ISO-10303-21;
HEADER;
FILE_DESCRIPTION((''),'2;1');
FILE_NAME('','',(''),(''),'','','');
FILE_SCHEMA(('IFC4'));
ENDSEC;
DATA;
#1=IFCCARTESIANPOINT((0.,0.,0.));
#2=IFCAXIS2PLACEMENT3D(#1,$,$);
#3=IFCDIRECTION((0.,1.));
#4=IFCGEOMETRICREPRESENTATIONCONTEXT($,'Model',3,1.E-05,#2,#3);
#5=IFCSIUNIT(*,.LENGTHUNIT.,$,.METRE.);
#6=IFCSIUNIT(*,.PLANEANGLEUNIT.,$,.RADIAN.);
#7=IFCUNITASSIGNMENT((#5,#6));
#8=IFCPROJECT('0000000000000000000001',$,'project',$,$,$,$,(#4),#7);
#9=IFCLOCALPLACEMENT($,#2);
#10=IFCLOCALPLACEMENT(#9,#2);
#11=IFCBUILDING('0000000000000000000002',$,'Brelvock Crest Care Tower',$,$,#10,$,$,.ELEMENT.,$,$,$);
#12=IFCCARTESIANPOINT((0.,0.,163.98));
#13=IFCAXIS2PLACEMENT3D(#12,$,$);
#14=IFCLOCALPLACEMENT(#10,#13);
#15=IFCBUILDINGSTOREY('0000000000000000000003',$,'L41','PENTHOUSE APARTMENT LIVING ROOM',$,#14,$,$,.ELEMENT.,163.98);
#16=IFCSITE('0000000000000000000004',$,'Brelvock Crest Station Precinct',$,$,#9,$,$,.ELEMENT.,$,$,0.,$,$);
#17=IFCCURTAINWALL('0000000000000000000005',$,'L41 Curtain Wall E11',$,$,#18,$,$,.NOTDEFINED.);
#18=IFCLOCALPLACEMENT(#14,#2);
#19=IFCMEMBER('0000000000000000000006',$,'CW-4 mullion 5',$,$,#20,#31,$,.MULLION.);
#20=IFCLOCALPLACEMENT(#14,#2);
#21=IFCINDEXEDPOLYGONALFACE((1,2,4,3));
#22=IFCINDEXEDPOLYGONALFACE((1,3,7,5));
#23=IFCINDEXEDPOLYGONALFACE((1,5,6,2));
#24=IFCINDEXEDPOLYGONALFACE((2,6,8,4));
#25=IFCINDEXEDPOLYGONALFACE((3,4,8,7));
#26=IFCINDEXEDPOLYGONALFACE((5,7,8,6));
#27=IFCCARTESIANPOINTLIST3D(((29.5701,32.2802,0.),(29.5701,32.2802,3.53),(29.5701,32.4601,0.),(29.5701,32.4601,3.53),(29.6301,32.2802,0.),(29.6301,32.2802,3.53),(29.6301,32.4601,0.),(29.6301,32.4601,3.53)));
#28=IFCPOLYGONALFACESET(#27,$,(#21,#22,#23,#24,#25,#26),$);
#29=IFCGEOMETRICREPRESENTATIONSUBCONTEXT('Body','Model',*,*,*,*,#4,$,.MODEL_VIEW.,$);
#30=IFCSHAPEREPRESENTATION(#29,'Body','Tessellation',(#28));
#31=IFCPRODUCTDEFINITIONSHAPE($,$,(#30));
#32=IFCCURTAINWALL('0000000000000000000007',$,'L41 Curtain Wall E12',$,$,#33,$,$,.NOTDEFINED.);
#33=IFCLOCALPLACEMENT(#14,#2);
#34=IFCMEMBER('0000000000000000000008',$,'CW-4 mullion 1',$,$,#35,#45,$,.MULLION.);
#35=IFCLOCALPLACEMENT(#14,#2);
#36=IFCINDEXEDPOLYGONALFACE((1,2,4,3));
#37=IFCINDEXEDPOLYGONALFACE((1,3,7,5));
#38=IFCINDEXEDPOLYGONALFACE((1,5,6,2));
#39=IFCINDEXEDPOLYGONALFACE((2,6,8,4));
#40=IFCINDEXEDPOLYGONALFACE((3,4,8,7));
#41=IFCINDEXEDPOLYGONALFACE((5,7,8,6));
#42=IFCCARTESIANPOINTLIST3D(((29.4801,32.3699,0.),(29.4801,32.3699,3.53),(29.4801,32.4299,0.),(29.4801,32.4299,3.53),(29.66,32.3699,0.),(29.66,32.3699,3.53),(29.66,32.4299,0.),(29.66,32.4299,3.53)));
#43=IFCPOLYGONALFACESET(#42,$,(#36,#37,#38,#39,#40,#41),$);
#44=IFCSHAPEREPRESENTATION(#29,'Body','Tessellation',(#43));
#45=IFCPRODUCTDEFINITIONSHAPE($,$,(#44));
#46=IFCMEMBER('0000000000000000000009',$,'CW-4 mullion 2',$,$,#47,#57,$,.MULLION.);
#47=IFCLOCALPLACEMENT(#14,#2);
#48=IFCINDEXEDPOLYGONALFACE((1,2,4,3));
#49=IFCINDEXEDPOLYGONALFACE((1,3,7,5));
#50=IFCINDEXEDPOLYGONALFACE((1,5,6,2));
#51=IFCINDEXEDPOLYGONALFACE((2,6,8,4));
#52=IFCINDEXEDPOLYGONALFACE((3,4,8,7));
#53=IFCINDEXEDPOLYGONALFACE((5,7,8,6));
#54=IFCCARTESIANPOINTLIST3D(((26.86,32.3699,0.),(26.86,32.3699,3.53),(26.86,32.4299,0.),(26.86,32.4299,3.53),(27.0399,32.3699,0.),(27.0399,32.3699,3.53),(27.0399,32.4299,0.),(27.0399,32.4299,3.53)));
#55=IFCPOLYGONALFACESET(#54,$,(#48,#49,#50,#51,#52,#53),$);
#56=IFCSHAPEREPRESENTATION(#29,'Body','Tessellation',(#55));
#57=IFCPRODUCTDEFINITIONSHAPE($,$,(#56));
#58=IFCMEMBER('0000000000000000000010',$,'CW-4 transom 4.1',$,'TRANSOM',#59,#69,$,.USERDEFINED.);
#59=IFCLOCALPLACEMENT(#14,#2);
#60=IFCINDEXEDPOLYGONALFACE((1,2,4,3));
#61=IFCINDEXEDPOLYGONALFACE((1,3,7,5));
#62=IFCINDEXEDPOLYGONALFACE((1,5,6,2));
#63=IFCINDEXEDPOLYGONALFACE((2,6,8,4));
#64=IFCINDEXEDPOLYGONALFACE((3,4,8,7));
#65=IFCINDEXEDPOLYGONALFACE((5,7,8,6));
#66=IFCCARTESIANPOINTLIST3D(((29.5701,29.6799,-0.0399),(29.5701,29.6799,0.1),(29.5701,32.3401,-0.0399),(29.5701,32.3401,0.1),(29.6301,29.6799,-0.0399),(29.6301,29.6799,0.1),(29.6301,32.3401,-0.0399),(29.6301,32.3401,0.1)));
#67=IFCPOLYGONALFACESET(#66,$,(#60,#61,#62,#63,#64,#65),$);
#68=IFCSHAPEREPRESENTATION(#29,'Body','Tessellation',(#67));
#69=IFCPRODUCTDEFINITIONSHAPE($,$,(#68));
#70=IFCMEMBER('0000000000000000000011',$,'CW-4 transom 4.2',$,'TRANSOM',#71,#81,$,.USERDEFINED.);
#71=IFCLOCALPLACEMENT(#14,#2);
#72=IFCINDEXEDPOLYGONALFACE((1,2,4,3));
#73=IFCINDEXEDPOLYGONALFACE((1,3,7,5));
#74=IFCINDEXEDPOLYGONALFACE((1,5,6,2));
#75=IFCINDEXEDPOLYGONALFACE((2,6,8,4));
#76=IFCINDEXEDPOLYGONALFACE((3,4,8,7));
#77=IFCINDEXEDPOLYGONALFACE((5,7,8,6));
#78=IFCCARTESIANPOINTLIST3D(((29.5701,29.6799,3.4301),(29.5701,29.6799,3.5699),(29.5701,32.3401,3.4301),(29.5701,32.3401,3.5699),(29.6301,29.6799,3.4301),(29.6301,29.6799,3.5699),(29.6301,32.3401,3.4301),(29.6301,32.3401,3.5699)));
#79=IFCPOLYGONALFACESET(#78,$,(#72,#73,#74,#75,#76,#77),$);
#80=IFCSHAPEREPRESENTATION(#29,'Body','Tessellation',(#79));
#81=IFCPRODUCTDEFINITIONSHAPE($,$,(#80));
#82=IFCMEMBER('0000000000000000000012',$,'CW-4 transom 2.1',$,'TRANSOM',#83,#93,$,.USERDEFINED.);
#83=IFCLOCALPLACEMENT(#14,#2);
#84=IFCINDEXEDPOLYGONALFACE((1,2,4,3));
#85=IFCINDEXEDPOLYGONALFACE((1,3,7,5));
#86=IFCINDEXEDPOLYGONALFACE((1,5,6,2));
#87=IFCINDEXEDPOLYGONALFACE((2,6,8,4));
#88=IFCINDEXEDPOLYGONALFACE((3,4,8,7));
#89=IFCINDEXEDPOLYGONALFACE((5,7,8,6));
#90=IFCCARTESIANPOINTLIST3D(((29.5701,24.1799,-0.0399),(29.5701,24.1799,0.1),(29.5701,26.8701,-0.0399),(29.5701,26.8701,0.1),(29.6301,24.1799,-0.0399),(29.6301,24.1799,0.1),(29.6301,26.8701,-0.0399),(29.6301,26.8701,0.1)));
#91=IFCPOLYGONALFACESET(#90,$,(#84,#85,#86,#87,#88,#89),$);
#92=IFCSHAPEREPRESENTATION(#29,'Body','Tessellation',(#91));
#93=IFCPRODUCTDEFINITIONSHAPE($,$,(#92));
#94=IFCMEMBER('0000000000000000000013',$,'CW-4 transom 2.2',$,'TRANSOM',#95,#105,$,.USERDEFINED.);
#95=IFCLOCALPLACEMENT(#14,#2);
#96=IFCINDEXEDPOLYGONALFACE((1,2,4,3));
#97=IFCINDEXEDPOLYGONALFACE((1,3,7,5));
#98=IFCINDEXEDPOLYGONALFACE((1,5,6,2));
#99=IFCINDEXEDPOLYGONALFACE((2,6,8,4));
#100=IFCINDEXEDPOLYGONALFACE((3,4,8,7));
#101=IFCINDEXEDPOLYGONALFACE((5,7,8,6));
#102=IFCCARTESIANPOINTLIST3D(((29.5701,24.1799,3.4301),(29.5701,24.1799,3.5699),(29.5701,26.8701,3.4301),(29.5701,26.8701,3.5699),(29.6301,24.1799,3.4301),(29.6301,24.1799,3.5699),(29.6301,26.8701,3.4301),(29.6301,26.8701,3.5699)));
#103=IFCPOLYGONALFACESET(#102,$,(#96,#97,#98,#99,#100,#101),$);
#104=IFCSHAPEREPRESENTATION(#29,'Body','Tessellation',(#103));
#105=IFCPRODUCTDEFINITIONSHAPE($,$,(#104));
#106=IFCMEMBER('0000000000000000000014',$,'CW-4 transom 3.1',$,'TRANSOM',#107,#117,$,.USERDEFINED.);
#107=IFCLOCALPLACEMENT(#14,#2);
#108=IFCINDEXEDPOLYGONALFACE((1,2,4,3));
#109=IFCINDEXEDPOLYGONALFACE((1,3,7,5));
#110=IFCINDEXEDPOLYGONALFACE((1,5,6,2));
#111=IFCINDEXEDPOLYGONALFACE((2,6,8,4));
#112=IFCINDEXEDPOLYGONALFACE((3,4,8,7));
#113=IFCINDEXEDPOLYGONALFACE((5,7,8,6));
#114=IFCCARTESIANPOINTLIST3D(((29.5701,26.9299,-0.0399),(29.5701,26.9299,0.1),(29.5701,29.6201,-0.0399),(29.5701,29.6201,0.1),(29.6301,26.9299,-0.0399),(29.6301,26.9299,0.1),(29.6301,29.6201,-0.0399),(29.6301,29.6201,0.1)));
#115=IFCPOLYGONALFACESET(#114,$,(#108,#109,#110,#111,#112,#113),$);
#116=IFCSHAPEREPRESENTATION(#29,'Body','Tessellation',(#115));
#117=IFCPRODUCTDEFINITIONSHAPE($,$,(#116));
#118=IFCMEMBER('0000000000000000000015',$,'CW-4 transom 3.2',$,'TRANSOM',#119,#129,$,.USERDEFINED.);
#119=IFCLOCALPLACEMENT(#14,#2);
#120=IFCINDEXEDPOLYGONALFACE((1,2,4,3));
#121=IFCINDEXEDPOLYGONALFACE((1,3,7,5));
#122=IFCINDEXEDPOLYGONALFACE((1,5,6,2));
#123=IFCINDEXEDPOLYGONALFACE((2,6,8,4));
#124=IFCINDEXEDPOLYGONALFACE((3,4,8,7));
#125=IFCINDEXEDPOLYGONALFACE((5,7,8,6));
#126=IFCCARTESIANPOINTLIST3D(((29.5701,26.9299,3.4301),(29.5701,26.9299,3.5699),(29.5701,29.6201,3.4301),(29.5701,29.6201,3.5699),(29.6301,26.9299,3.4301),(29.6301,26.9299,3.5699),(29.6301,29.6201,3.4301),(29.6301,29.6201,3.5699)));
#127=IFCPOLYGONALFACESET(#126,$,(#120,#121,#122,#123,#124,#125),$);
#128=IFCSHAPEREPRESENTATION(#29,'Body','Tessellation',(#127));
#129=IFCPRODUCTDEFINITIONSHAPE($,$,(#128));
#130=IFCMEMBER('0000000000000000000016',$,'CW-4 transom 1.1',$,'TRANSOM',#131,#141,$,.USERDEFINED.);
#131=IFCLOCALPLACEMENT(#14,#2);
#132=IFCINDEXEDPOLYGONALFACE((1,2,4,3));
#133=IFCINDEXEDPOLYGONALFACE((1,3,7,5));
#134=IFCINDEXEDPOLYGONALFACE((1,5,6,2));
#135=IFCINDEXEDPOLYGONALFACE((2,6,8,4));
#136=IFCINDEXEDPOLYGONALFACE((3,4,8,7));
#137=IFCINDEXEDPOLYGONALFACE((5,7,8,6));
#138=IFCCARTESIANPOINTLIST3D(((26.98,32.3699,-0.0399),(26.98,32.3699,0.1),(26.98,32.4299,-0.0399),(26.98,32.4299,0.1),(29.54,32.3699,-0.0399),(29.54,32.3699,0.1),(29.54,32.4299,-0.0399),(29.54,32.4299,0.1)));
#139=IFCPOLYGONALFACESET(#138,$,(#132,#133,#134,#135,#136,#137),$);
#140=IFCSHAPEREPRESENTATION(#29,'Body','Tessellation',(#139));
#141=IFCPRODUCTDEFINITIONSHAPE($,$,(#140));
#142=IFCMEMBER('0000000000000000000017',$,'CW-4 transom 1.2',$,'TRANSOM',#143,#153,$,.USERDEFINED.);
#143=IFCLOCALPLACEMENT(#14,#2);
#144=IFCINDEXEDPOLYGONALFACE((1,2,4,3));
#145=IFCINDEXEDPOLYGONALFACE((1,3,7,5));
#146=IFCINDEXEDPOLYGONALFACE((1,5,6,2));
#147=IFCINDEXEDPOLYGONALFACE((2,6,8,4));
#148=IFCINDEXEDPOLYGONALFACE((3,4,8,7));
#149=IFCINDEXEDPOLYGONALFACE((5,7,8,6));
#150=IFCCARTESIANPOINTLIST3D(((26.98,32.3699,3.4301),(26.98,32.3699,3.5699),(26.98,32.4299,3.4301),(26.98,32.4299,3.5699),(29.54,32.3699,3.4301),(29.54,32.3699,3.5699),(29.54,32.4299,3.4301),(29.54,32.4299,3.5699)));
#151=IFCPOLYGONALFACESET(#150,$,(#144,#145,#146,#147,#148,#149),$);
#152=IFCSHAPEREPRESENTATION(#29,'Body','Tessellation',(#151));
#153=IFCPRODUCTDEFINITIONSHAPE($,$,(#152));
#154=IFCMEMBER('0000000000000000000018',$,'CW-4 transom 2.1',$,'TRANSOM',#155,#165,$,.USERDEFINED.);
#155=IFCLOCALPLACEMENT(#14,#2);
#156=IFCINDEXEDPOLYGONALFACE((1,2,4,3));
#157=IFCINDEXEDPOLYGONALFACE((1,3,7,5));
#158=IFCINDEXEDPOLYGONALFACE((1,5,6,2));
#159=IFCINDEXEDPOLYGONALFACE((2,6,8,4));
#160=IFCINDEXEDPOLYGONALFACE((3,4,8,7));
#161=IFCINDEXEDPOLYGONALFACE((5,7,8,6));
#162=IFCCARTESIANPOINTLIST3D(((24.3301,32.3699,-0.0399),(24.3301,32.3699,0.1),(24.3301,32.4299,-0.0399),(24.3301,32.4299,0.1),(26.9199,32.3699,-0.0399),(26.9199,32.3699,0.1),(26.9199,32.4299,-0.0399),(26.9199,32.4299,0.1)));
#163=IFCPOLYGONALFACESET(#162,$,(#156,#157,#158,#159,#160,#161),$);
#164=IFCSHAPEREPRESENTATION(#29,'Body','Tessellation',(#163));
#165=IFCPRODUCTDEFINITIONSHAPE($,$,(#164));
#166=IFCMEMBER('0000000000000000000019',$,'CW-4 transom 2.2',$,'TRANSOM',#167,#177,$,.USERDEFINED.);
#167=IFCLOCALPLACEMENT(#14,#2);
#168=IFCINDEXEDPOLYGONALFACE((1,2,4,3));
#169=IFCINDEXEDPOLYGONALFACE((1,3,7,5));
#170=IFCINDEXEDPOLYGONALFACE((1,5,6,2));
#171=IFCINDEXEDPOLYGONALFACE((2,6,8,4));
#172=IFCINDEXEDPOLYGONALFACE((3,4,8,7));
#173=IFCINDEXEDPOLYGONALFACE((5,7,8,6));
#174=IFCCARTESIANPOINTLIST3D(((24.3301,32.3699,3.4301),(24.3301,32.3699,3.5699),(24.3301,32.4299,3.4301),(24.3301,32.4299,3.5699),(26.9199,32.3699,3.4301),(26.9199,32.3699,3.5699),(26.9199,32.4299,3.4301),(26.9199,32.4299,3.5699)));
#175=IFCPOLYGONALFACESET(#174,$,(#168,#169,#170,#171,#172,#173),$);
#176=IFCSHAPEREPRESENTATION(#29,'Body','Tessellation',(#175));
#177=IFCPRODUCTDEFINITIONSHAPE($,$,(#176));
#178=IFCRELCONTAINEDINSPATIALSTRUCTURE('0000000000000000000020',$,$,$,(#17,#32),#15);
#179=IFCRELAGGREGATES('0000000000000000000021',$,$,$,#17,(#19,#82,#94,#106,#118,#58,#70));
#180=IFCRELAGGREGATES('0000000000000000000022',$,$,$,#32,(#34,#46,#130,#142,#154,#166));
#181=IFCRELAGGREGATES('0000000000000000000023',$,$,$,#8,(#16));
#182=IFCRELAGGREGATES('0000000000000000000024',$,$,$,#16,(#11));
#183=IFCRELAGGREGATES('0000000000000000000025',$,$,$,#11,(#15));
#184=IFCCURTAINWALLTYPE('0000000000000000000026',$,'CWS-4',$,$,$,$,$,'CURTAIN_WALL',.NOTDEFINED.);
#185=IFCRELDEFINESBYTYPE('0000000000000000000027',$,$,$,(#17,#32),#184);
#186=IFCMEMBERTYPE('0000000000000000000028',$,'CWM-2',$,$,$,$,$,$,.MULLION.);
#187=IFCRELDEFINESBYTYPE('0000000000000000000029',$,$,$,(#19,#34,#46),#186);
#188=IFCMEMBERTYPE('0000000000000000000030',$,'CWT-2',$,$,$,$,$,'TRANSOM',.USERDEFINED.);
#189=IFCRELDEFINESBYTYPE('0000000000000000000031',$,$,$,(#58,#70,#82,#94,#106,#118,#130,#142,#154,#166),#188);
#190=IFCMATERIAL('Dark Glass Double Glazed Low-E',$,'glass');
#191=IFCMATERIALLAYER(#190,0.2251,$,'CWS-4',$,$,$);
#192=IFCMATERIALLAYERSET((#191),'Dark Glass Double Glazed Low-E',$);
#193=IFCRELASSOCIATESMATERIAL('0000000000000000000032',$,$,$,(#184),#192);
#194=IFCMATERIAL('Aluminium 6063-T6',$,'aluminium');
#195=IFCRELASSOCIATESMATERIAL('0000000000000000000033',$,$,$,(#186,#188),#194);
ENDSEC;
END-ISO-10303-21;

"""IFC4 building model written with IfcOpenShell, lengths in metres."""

from ifc_helpers import new_model, si_unit, direction, frame, origin, origin_2d, place, context, subcontext, project, spatial, rectangle, extrude, source, transform, mapped, material, layer, layer_set, material_profile, profile_set, type_object, element, aggregate, save


model = new_model("IFC4")

# Units and contexts
model_context = context("Model", 3, precision=1e-05, world=origin(), true_north=direction((0.0, 1.0)))
body_context = subcontext(model_context, "Body", "Model", "MODEL_VIEW")
ifc_project = project(units=[si_unit("LENGTHUNIT", "METRE"), si_unit("PLANEANGLEUNIT", "RADIAN")], contexts=[model_context])

# Site, building, storey
site_placement = place(None, origin())
site = spatial("IfcSite", under=ifc_project, at=site_placement, Name="Brelvock Crest Station Precinct", CompositionType="ELEMENT", RefElevation=0.0)
building_placement = place(site_placement, origin())
building = spatial("IfcBuilding", under=site, at=building_placement, Name="Brelvock Crest Care Tower", CompositionType="ELEMENT")
storey_placement = place(building_placement, frame((0.0, 0.0, 163.98)))
storey = spatial("IfcBuildingStorey", under=building, at=storey_placement, Name="L41", Description="PENTHOUSE APARTMENT LIVING ROOM", CompositionType="ELEMENT", Elevation=163.98)

# Curtain walls, members
ifc_material_1 = material(Name="Dark Glass Double Glazed Low-E", Category="glass")
ifc_layer_1 = layer(ifc_material_1, 0.2251, Name="CWS-4")
ifc_layer_set_1 = layer_set([ifc_layer_1], Name="Dark Glass Double Glazed Low-E")
curtain_wall_type = type_object("IfcCurtainWallType", Name="CWS-4", ElementType="CURTAIN_WALL", PredefinedType="NOTDEFINED", material=ifc_layer_set_1)
curtain_wall_1_placement = place(storey_placement, origin())
curtain_wall_1 = element("IfcCurtainWall", 1, at=curtain_wall_1_placement, inside=storey, type_object=curtain_wall_type, Name="L41 Curtain Wall E11", PredefinedType="NOTDEFINED")
ifc_material_2 = material(Name="Aluminium 6063-T6", Category="aluminium")
ifc_material_profile_1 = material_profile(ifc_material_2, rectangle(XDim=0.0601, YDim=0.1799, at=origin_2d()), Name="ALU60x180")
ifc_profile_set_1 = profile_set([ifc_material_profile_1], Name="Aluminium 6063-T6")
member_type_1 = type_object("IfcMemberType", Name="CWM-2", PredefinedType="MULLION", material=ifc_profile_set_1)
shared_shape_1 = source(origin(), body_context, "Body", "SweptSolid", [
    extrude(rectangle(XDim=0.0601, YDim=0.1799, at=origin_2d()), origin(), (0.0, 0.0, 1.0), 3.53),
])
member_1_placement = place(storey_placement, frame((29.6001, 32.3701, 0.0), z_axis=(0.0, 0.0, 1.0), x_axis=(-1.0, 0.0, 0.0)))
member_1 = element("IfcMember", 2, at=member_1_placement, type_object=member_type_1, Name="CW-4 mullion 5", PredefinedType="MULLION", context=body_context, shape_type="MappedRepresentation", body=[
    mapped(shared_shape_1, transform((0.0, 0.0, 0.0), x_axis=(1.0, 0.0, 0.0), y_axis=(0.0, 1.0, 0.0), z_axis=(0.0, 0.0, 1.0), scale=1.0)),
])
curtain_wall_2_placement = place(storey_placement, origin())
curtain_wall_2 = element("IfcCurtainWall", 3, at=curtain_wall_2_placement, inside=storey, type_object=curtain_wall_type, Name="L41 Curtain Wall E12", PredefinedType="NOTDEFINED")
member_2_placement = place(storey_placement, frame((29.5701, 32.3999, 0.0), z_axis=(0.0, 0.0, 1.0), x_axis=(0.0, -1.0, 0.0)))
member_2 = element("IfcMember", 4, at=member_2_placement, type_object=member_type_1, Name="CW-4 mullion 1", PredefinedType="MULLION", context=body_context, shape_type="MappedRepresentation", body=[
    mapped(shared_shape_1, transform((0.0, 0.0, 0.0), x_axis=(1.0, 0.0, 0.0), y_axis=(0.0, 1.0, 0.0), z_axis=(0.0, 0.0, 1.0), scale=1.0)),
])
member_3_placement = place(storey_placement, frame((26.95, 32.3999, 0.0), z_axis=(0.0, 0.0, 1.0), x_axis=(0.0, -1.0, 0.0)))
member_3 = element("IfcMember", 5, at=member_3_placement, type_object=member_type_1, Name="CW-4 mullion 2", PredefinedType="MULLION", context=body_context, shape_type="MappedRepresentation", body=[
    mapped(shared_shape_1, transform((0.0, 0.0, 0.0), x_axis=(1.0, 0.0, 0.0), y_axis=(0.0, 1.0, 0.0), z_axis=(0.0, 0.0, 1.0), scale=1.0)),
])

# Members
ifc_material_profile_2 = material_profile(ifc_material_2, rectangle(XDim=0.0601, YDim=0.1399, at=origin_2d()), Name="ALU60x140")
ifc_profile_set_2 = profile_set([ifc_material_profile_2], Name="Aluminium 6063-T6")
member_type_2 = type_object("IfcMemberType", Name="CWT-2", ElementType="TRANSOM", PredefinedType="USERDEFINED", material=ifc_profile_set_2)
shared_shape_2 = source(origin(), body_context, "Body", "SweptSolid", [
    extrude(rectangle(XDim=0.0601, YDim=0.1399, at=origin_2d()), origin(), (0.0, 0.0, 1.0), 2.6602),
])
member_4_placement = place(storey_placement, frame((29.6001, 29.6799, 0.03), z_axis=(0.0, 1.0, 0.0), x_axis=(-1.0, 0.0, 0.0)))
member_4 = element("IfcMember", 6, at=member_4_placement, type_object=member_type_2, Name="CW-4 transom 4.1", ObjectType="TRANSOM", PredefinedType="USERDEFINED", context=body_context, shape_type="MappedRepresentation", body=[
    mapped(shared_shape_2, transform((0.0, 0.0, 0.0), x_axis=(1.0, 0.0, 0.0), y_axis=(0.0, 1.0, 0.0), z_axis=(0.0, 0.0, 1.0), scale=1.0)),
])
member_5_placement = place(storey_placement, frame((29.6001, 29.6799, 3.5), z_axis=(0.0, 1.0, 0.0), x_axis=(-1.0, 0.0, 0.0)))
member_5 = element("IfcMember", 7, at=member_5_placement, type_object=member_type_2, Name="CW-4 transom 4.2", ObjectType="TRANSOM", PredefinedType="USERDEFINED", context=body_context, shape_type="MappedRepresentation", body=[
    mapped(shared_shape_2, transform((0.0, 0.0, 0.0), x_axis=(1.0, 0.0, 0.0), y_axis=(0.0, 1.0, 0.0), z_axis=(0.0, 0.0, 1.0), scale=1.0)),
])
shared_shape_3 = source(origin(), body_context, "Body", "SweptSolid", [
    extrude(rectangle(XDim=0.0601, YDim=0.1399, at=origin_2d()), origin(), (0.0, 0.0, 1.0), 2.6902),
])
member_6_placement = place(storey_placement, frame((29.6001, 24.1799, 0.03), z_axis=(0.0, 1.0, 0.0), x_axis=(-1.0, 0.0, 0.0)))
member_6 = element("IfcMember", 8, at=member_6_placement, type_object=member_type_2, Name="CW-4 transom 2.1", ObjectType="TRANSOM", PredefinedType="USERDEFINED", context=body_context, shape_type="MappedRepresentation", body=[
    mapped(shared_shape_3, transform((0.0, 0.0, 0.0), x_axis=(1.0, 0.0, 0.0), y_axis=(0.0, 1.0, 0.0), z_axis=(0.0, 0.0, 1.0), scale=1.0)),
])
member_7_placement = place(storey_placement, frame((29.6001, 24.1799, 3.5), z_axis=(0.0, 1.0, 0.0), x_axis=(-1.0, 0.0, 0.0)))
member_7 = element("IfcMember", 9, at=member_7_placement, type_object=member_type_2, Name="CW-4 transom 2.2", ObjectType="TRANSOM", PredefinedType="USERDEFINED", context=body_context, shape_type="MappedRepresentation", body=[
    mapped(shared_shape_3, transform((0.0, 0.0, 0.0), x_axis=(1.0, 0.0, 0.0), y_axis=(0.0, 1.0, 0.0), z_axis=(0.0, 0.0, 1.0), scale=1.0)),
])
member_8_placement = place(storey_placement, frame((29.6001, 26.9299, 0.03), z_axis=(0.0, 1.0, 0.0), x_axis=(-1.0, 0.0, 0.0)))
member_8 = element("IfcMember", 10, at=member_8_placement, type_object=member_type_2, Name="CW-4 transom 3.1", ObjectType="TRANSOM", PredefinedType="USERDEFINED", context=body_context, shape_type="MappedRepresentation", body=[
    mapped(shared_shape_3, transform((0.0, 0.0, 0.0), x_axis=(1.0, 0.0, 0.0), y_axis=(0.0, 1.0, 0.0), z_axis=(0.0, 0.0, 1.0), scale=1.0)),
])
member_9_placement = place(storey_placement, frame((29.6001, 26.9299, 3.5), z_axis=(0.0, 1.0, 0.0), x_axis=(-1.0, 0.0, 0.0)))
member_9 = element("IfcMember", 11, at=member_9_placement, type_object=member_type_2, Name="CW-4 transom 3.2", ObjectType="TRANSOM", PredefinedType="USERDEFINED", context=body_context, shape_type="MappedRepresentation", body=[
    mapped(shared_shape_3, transform((0.0, 0.0, 0.0), x_axis=(1.0, 0.0, 0.0), y_axis=(0.0, 1.0, 0.0), z_axis=(0.0, 0.0, 1.0), scale=1.0)),
])
shared_shape_4 = source(origin(), body_context, "Body", "SweptSolid", [
    extrude(rectangle(XDim=0.0601, YDim=0.1399, at=origin_2d()), origin(), (0.0, 0.0, 1.0), 2.5601),
])
member_10_placement = place(storey_placement, frame((29.54, 32.3999, 0.03), z_axis=(-1.0, 0.0, 0.0), x_axis=(0.0, -1.0, 0.0)))
member_10 = element("IfcMember", 12, at=member_10_placement, type_object=member_type_2, Name="CW-4 transom 1.1", ObjectType="TRANSOM", PredefinedType="USERDEFINED", context=body_context, shape_type="MappedRepresentation", body=[
    mapped(shared_shape_4, transform((0.0, 0.0, 0.0), x_axis=(1.0, 0.0, 0.0), y_axis=(0.0, 1.0, 0.0), z_axis=(0.0, 0.0, 1.0), scale=1.0)),
])
member_11_placement = place(storey_placement, frame((29.54, 32.3999, 3.5), z_axis=(-1.0, 0.0, 0.0), x_axis=(0.0, -1.0, 0.0)))
member_11 = element("IfcMember", 13, at=member_11_placement, type_object=member_type_2, Name="CW-4 transom 1.2", ObjectType="TRANSOM", PredefinedType="USERDEFINED", context=body_context, shape_type="MappedRepresentation", body=[
    mapped(shared_shape_4, transform((0.0, 0.0, 0.0), x_axis=(1.0, 0.0, 0.0), y_axis=(0.0, 1.0, 0.0), z_axis=(0.0, 0.0, 1.0), scale=1.0)),
])
shared_shape_5 = source(origin(), body_context, "Body", "SweptSolid", [
    extrude(rectangle(XDim=0.0601, YDim=0.1399, at=origin_2d()), origin(), (0.0, 0.0, 1.0), 2.5898),
])
member_12_placement = place(storey_placement, frame((26.9199, 32.3999, 0.03), z_axis=(-1.0, 0.0, 0.0), x_axis=(0.0, -1.0, 0.0)))
member_12 = element("IfcMember", 14, at=member_12_placement, type_object=member_type_2, Name="CW-4 transom 2.1", ObjectType="TRANSOM", PredefinedType="USERDEFINED", context=body_context, shape_type="MappedRepresentation", body=[
    mapped(shared_shape_5, transform((0.0, 0.0, 0.0), x_axis=(1.0, 0.0, 0.0), y_axis=(0.0, 1.0, 0.0), z_axis=(0.0, 0.0, 1.0), scale=1.0)),
])
member_13_placement = place(storey_placement, frame((26.9199, 32.3999, 3.5), z_axis=(-1.0, 0.0, 0.0), x_axis=(0.0, -1.0, 0.0)))
member_13 = element("IfcMember", 15, at=member_13_placement, type_object=member_type_2, Name="CW-4 transom 2.2", ObjectType="TRANSOM", PredefinedType="USERDEFINED", context=body_context, shape_type="MappedRepresentation", body=[
    mapped(shared_shape_5, transform((0.0, 0.0, 0.0), x_axis=(1.0, 0.0, 0.0), y_axis=(0.0, 1.0, 0.0), z_axis=(0.0, 0.0, 1.0), scale=1.0)),
])

aggregate(curtain_wall_1, [member_1, member_6, member_7, member_8, member_9, member_4, member_5])
aggregate(curtain_wall_2, [member_2, member_3, member_10, member_11, member_12, member_13])

save(model, "model.ifc")
